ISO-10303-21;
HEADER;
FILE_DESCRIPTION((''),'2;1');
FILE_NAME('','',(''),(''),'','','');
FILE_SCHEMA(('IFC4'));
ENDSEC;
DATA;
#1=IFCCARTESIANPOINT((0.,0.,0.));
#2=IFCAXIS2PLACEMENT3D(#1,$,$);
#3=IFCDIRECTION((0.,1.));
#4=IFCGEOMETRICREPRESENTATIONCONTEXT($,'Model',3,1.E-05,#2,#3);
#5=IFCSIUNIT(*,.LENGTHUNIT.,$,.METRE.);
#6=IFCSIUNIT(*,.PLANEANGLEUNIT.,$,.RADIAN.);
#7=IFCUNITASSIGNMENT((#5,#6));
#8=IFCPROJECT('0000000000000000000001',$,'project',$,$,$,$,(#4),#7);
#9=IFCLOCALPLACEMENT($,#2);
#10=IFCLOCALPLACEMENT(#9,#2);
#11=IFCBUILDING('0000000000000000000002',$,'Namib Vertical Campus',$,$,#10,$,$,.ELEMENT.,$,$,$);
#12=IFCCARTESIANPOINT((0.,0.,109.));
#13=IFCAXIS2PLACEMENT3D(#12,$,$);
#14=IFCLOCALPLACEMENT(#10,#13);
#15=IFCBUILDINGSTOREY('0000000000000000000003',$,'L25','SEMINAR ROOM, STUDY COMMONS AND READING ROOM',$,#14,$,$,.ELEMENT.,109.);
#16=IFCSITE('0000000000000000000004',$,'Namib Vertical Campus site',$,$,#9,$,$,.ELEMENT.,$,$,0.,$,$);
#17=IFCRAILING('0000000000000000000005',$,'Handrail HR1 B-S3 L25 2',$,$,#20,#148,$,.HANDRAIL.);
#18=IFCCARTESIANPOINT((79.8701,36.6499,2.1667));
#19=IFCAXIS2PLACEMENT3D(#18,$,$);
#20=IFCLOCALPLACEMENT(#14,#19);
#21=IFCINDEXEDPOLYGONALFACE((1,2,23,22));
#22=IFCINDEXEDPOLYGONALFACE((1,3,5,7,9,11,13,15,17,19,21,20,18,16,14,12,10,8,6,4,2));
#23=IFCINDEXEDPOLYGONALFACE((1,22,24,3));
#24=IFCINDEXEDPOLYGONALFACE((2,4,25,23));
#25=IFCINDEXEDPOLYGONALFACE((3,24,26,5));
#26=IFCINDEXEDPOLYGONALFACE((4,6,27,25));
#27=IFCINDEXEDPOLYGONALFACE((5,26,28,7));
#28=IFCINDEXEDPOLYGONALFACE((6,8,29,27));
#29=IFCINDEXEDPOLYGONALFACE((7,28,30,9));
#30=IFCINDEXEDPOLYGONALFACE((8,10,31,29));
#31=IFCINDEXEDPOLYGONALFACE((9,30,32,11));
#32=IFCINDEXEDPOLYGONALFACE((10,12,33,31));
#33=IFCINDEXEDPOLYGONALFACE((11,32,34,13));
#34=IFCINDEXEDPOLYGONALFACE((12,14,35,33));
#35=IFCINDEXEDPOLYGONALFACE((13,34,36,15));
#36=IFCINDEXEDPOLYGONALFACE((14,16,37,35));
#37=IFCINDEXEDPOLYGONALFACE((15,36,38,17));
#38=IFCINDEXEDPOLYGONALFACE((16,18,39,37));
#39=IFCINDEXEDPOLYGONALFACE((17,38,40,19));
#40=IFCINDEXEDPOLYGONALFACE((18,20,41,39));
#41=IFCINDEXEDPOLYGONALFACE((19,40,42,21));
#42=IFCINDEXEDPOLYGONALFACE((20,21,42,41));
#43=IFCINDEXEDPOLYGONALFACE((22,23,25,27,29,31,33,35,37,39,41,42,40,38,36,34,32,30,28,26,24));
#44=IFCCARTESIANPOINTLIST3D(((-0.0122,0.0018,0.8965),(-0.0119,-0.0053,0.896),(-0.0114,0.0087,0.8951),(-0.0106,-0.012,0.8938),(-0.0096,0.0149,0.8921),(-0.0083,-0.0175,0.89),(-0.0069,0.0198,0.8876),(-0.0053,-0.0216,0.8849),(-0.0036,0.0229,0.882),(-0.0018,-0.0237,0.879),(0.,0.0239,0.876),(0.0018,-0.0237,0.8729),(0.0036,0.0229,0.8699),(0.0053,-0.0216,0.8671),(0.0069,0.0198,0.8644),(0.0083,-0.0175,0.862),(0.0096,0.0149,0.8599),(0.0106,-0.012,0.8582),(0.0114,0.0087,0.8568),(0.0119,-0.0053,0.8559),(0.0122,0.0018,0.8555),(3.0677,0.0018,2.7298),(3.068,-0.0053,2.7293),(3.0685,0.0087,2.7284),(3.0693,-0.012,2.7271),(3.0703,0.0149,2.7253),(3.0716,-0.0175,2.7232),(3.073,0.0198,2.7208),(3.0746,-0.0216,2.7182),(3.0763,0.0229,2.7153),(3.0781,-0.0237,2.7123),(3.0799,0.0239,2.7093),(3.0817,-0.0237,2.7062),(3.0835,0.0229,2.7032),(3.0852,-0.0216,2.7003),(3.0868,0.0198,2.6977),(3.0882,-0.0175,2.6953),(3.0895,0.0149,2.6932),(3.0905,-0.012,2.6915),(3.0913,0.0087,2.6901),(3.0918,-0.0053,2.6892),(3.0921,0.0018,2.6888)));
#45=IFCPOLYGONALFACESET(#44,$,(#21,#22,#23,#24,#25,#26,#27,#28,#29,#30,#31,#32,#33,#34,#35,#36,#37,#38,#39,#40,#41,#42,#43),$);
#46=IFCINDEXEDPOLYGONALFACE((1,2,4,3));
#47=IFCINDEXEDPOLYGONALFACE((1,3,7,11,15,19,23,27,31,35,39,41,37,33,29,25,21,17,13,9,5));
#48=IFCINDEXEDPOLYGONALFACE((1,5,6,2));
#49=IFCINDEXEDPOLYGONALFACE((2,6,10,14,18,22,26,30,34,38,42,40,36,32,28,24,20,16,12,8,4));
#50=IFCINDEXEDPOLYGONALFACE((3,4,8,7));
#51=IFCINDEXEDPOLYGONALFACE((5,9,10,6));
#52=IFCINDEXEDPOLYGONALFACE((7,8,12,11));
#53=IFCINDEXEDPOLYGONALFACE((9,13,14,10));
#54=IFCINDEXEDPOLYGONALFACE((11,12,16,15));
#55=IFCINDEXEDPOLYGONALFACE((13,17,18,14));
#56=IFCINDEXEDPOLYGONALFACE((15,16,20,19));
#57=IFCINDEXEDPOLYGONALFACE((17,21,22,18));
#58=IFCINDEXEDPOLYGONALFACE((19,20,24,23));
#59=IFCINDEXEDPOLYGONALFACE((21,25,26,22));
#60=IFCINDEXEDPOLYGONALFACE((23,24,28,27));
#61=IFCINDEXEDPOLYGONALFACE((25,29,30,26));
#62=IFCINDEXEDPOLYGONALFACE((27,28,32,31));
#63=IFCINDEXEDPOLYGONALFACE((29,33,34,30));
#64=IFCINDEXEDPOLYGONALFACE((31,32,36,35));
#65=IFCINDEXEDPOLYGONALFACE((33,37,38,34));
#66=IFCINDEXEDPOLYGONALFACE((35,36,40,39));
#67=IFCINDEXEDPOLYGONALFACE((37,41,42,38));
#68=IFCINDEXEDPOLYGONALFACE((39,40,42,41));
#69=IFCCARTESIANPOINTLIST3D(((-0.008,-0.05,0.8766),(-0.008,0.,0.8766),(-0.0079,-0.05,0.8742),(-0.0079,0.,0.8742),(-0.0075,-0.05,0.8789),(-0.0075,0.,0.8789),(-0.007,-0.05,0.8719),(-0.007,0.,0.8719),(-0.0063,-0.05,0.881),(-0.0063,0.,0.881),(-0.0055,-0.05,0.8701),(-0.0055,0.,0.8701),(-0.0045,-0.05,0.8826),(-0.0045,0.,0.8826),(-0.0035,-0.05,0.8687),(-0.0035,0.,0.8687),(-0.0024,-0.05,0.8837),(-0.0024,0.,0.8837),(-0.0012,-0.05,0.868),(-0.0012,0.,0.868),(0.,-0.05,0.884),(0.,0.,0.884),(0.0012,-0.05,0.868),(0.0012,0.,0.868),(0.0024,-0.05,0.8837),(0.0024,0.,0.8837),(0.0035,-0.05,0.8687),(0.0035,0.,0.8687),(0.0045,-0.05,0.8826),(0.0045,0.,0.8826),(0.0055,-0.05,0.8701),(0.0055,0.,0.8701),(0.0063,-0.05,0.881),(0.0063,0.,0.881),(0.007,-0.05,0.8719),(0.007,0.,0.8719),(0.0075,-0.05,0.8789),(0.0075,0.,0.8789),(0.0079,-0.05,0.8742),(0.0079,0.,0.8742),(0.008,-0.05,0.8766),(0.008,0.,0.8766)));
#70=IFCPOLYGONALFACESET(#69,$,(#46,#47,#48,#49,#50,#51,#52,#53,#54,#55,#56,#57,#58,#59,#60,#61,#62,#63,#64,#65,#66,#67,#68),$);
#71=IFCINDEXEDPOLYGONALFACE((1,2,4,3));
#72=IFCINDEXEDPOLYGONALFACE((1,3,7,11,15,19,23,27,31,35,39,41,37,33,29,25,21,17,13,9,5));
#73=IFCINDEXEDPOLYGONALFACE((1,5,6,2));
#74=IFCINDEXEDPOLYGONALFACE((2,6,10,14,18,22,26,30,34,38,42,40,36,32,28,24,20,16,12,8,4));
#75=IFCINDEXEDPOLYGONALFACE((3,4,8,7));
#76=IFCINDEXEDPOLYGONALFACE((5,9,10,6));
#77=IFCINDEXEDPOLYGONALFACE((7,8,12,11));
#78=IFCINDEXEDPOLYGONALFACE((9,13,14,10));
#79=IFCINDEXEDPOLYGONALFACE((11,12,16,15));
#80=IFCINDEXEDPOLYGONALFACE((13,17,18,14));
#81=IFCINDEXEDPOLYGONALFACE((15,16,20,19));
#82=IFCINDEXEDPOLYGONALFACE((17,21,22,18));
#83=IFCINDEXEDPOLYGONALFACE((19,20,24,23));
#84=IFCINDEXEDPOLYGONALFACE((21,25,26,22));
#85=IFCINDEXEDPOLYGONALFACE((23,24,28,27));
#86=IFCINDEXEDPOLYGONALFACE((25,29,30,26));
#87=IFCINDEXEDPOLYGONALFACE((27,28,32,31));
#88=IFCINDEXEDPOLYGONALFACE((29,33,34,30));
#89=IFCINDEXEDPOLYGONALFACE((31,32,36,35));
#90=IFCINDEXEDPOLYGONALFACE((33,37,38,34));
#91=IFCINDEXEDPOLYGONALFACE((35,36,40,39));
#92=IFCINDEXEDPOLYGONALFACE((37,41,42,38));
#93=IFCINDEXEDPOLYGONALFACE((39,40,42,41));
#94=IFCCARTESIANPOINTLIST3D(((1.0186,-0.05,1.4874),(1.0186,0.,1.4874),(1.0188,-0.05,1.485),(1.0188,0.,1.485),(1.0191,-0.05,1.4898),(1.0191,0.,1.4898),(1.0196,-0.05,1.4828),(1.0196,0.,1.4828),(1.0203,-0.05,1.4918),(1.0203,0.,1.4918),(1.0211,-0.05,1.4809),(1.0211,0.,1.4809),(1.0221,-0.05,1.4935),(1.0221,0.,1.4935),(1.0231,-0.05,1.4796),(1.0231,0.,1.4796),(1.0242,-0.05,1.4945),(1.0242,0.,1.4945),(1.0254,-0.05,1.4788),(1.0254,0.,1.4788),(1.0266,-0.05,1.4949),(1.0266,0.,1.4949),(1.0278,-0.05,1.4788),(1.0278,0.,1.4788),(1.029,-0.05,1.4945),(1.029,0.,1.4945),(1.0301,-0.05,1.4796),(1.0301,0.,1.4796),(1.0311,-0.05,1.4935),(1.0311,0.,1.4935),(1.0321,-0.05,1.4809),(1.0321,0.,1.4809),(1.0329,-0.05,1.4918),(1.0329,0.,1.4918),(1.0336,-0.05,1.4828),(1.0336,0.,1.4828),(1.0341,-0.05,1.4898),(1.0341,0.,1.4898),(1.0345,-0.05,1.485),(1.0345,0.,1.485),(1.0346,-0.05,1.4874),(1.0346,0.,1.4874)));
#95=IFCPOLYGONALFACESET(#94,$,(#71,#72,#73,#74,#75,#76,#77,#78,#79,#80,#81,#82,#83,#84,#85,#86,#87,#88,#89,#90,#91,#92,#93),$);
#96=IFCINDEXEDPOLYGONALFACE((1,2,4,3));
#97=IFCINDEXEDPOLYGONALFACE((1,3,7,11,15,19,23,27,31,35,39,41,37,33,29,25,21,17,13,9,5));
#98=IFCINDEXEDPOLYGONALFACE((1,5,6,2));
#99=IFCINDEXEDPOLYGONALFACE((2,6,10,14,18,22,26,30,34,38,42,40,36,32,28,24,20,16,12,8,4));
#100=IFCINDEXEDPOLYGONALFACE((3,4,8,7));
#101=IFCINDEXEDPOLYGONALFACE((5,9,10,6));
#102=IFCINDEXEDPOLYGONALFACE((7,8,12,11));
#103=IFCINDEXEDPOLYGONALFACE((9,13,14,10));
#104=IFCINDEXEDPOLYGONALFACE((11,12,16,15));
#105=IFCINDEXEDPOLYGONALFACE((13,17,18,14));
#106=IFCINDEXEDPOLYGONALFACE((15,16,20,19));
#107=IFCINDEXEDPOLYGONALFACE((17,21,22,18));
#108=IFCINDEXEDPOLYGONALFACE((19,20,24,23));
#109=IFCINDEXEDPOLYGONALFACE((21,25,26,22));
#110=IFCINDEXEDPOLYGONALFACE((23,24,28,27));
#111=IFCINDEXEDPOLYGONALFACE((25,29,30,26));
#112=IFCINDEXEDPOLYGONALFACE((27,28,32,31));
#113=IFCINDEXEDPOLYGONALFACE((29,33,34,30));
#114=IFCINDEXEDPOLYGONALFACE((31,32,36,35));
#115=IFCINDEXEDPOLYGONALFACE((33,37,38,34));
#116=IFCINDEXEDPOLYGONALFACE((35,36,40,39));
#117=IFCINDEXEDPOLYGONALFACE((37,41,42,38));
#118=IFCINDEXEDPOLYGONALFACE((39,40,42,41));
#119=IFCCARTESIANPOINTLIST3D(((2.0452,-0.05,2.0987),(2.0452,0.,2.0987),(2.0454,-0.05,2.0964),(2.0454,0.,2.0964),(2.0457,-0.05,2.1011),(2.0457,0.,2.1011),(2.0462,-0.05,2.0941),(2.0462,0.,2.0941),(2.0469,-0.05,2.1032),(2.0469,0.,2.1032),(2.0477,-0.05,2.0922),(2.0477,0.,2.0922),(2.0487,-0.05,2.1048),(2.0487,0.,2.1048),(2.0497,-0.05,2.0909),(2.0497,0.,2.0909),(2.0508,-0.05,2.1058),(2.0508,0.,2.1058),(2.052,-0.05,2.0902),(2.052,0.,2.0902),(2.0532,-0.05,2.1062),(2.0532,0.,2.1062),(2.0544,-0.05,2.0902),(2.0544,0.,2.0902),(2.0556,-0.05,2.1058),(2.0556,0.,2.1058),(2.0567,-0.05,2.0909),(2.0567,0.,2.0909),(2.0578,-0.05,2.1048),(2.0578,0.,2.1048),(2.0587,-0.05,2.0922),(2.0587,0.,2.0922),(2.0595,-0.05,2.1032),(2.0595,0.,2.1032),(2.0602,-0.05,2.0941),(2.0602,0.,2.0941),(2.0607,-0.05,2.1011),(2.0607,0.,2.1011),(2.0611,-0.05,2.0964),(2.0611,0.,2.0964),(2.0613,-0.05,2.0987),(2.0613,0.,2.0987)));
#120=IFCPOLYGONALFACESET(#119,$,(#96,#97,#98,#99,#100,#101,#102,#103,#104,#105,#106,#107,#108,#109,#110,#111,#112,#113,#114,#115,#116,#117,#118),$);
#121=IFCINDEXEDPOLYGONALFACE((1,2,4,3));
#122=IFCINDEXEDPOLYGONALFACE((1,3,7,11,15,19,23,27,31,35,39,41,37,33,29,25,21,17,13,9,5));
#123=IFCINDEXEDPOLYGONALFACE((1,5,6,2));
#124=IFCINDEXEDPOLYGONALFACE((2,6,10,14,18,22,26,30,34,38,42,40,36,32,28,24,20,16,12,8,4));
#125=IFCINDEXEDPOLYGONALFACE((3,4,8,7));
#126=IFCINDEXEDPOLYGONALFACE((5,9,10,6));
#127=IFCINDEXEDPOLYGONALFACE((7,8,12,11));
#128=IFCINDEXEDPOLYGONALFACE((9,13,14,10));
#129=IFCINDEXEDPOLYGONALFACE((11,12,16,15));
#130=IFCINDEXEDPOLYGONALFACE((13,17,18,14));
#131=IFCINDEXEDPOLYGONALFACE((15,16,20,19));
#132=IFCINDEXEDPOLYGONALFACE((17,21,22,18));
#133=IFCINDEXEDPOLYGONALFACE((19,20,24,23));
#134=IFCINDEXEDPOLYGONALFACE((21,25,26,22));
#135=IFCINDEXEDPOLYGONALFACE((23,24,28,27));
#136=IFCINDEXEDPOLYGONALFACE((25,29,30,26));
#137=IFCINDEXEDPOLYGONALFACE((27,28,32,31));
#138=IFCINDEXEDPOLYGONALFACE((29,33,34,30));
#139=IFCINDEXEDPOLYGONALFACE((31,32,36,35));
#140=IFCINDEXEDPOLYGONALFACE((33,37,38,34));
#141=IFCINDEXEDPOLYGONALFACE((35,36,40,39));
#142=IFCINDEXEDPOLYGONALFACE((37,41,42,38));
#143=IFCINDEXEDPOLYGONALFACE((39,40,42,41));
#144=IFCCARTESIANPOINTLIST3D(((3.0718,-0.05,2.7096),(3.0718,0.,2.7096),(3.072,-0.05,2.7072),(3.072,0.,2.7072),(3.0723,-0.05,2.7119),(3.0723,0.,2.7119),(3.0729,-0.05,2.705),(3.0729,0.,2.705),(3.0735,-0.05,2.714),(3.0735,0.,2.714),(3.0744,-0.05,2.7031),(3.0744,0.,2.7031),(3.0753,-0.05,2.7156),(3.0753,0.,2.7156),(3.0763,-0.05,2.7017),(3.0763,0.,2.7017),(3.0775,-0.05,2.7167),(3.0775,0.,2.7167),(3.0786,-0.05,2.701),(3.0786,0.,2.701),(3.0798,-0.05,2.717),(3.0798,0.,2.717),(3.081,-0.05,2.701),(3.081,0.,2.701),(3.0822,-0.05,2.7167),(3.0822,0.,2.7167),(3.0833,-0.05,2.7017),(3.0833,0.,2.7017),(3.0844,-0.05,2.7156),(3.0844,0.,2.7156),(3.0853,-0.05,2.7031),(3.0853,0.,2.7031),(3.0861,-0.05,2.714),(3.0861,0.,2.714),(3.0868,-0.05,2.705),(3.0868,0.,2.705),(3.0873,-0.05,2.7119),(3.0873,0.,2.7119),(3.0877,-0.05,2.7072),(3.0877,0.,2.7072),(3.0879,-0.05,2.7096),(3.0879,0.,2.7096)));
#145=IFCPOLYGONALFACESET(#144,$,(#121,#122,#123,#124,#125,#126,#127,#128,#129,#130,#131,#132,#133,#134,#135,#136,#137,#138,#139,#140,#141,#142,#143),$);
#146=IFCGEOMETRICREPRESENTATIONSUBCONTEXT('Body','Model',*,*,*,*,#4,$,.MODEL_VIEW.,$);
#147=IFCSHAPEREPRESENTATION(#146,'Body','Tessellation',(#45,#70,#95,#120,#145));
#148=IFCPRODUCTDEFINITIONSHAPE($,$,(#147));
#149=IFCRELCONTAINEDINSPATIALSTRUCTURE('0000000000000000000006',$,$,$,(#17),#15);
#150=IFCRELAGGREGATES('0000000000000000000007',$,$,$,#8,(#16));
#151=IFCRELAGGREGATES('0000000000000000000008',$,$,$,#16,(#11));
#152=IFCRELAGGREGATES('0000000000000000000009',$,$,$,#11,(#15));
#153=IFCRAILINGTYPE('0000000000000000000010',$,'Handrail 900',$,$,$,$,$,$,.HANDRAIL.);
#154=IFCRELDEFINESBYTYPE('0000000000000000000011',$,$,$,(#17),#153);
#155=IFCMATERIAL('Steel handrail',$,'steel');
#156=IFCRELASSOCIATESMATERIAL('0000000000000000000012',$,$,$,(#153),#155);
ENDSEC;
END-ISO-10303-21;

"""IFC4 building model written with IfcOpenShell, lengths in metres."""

from ifc_helpers import new_model, si_unit, direction, frame, origin, origin_2d, place, context, subcontext, project, spatial, circle, extrude, material, type_object, element, save


model = new_model("IFC4")

# Units and contexts
model_context = context("Model", 3, precision=1e-05, world=origin(), true_north=direction((0.0, 1.0)))
body_context = subcontext(model_context, "Body", "Model", "MODEL_VIEW")
ifc_project = project(units=[si_unit("LENGTHUNIT", "METRE"), si_unit("PLANEANGLEUNIT", "RADIAN")], contexts=[model_context])

# Site, building, storey
site_placement = place(None, origin())
site = spatial("IfcSite", under=ifc_project, at=site_placement, Name="Namib Vertical Campus site", CompositionType="ELEMENT", RefElevation=0.0)
building_placement = place(site_placement, origin())
building = spatial("IfcBuilding", under=site, at=building_placement, Name="Namib Vertical Campus", CompositionType="ELEMENT")
storey_placement = place(building_placement, frame((0.0, 0.0, 109.0)))
storey = spatial("IfcBuildingStorey", under=building, at=storey_placement, Name="L25", Description="SEMINAR ROOM, STUDY COMMONS AND READING ROOM", CompositionType="ELEMENT", Elevation=109.0)

# Railing
ifc_material_1 = material(Name="Steel handrail", Category="steel")
railing_type_1 = type_object("IfcRailingType", Name="Handrail 900", PredefinedType="HANDRAIL", material=ifc_material_1)
railing_1_placement = place(storey_placement, frame((79.8701, 36.6499, 2.1667)))
element("IfcRailing", 1, at=railing_1_placement, inside=storey, type_object=railing_type_1, Name="Handrail HR1 B-S3 L25 2", PredefinedType="HANDRAIL", context=body_context, shape_type="SweptSolid", body=[
    extrude(circle(Radius=0.0239, at=origin_2d()), frame((0.0, 0.0, 0.876), z_axis=(0.859291, 0.0, 0.511487), x_axis=(0.0, 1.0, 0.0)), (0.0, 0.0, 1.0), 3.5842),
    extrude(circle(Radius=0.0081, at=origin_2d()), frame((0.0, 0.0, 0.876), z_axis=(0.0, -1.0, 0.0), x_axis=(0.0, 0.0, 1.0)), (0.0, 0.0, 1.0), 0.05),
    extrude(circle(Radius=0.0081, at=origin_2d()), frame((1.0266, 0.0, 1.4868), z_axis=(0.0, -1.0, 0.0), x_axis=(0.0, 0.0, 1.0)), (0.0, 0.0, 1.0), 0.05),
    extrude(circle(Radius=0.0081, at=origin_2d()), frame((2.0532, 0.0, 2.0981), z_axis=(0.0, -1.0, 0.0), x_axis=(0.0, 0.0, 1.0)), (0.0, 0.0, 1.0), 0.05),
    extrude(circle(Radius=0.0081, at=origin_2d()), frame((3.0798, 0.0, 2.709), z_axis=(0.0, -1.0, 0.0), x_axis=(0.0, 0.0, 1.0)), (0.0, 0.0, 1.0), 0.05),
])

save(model, "model.ifc")
